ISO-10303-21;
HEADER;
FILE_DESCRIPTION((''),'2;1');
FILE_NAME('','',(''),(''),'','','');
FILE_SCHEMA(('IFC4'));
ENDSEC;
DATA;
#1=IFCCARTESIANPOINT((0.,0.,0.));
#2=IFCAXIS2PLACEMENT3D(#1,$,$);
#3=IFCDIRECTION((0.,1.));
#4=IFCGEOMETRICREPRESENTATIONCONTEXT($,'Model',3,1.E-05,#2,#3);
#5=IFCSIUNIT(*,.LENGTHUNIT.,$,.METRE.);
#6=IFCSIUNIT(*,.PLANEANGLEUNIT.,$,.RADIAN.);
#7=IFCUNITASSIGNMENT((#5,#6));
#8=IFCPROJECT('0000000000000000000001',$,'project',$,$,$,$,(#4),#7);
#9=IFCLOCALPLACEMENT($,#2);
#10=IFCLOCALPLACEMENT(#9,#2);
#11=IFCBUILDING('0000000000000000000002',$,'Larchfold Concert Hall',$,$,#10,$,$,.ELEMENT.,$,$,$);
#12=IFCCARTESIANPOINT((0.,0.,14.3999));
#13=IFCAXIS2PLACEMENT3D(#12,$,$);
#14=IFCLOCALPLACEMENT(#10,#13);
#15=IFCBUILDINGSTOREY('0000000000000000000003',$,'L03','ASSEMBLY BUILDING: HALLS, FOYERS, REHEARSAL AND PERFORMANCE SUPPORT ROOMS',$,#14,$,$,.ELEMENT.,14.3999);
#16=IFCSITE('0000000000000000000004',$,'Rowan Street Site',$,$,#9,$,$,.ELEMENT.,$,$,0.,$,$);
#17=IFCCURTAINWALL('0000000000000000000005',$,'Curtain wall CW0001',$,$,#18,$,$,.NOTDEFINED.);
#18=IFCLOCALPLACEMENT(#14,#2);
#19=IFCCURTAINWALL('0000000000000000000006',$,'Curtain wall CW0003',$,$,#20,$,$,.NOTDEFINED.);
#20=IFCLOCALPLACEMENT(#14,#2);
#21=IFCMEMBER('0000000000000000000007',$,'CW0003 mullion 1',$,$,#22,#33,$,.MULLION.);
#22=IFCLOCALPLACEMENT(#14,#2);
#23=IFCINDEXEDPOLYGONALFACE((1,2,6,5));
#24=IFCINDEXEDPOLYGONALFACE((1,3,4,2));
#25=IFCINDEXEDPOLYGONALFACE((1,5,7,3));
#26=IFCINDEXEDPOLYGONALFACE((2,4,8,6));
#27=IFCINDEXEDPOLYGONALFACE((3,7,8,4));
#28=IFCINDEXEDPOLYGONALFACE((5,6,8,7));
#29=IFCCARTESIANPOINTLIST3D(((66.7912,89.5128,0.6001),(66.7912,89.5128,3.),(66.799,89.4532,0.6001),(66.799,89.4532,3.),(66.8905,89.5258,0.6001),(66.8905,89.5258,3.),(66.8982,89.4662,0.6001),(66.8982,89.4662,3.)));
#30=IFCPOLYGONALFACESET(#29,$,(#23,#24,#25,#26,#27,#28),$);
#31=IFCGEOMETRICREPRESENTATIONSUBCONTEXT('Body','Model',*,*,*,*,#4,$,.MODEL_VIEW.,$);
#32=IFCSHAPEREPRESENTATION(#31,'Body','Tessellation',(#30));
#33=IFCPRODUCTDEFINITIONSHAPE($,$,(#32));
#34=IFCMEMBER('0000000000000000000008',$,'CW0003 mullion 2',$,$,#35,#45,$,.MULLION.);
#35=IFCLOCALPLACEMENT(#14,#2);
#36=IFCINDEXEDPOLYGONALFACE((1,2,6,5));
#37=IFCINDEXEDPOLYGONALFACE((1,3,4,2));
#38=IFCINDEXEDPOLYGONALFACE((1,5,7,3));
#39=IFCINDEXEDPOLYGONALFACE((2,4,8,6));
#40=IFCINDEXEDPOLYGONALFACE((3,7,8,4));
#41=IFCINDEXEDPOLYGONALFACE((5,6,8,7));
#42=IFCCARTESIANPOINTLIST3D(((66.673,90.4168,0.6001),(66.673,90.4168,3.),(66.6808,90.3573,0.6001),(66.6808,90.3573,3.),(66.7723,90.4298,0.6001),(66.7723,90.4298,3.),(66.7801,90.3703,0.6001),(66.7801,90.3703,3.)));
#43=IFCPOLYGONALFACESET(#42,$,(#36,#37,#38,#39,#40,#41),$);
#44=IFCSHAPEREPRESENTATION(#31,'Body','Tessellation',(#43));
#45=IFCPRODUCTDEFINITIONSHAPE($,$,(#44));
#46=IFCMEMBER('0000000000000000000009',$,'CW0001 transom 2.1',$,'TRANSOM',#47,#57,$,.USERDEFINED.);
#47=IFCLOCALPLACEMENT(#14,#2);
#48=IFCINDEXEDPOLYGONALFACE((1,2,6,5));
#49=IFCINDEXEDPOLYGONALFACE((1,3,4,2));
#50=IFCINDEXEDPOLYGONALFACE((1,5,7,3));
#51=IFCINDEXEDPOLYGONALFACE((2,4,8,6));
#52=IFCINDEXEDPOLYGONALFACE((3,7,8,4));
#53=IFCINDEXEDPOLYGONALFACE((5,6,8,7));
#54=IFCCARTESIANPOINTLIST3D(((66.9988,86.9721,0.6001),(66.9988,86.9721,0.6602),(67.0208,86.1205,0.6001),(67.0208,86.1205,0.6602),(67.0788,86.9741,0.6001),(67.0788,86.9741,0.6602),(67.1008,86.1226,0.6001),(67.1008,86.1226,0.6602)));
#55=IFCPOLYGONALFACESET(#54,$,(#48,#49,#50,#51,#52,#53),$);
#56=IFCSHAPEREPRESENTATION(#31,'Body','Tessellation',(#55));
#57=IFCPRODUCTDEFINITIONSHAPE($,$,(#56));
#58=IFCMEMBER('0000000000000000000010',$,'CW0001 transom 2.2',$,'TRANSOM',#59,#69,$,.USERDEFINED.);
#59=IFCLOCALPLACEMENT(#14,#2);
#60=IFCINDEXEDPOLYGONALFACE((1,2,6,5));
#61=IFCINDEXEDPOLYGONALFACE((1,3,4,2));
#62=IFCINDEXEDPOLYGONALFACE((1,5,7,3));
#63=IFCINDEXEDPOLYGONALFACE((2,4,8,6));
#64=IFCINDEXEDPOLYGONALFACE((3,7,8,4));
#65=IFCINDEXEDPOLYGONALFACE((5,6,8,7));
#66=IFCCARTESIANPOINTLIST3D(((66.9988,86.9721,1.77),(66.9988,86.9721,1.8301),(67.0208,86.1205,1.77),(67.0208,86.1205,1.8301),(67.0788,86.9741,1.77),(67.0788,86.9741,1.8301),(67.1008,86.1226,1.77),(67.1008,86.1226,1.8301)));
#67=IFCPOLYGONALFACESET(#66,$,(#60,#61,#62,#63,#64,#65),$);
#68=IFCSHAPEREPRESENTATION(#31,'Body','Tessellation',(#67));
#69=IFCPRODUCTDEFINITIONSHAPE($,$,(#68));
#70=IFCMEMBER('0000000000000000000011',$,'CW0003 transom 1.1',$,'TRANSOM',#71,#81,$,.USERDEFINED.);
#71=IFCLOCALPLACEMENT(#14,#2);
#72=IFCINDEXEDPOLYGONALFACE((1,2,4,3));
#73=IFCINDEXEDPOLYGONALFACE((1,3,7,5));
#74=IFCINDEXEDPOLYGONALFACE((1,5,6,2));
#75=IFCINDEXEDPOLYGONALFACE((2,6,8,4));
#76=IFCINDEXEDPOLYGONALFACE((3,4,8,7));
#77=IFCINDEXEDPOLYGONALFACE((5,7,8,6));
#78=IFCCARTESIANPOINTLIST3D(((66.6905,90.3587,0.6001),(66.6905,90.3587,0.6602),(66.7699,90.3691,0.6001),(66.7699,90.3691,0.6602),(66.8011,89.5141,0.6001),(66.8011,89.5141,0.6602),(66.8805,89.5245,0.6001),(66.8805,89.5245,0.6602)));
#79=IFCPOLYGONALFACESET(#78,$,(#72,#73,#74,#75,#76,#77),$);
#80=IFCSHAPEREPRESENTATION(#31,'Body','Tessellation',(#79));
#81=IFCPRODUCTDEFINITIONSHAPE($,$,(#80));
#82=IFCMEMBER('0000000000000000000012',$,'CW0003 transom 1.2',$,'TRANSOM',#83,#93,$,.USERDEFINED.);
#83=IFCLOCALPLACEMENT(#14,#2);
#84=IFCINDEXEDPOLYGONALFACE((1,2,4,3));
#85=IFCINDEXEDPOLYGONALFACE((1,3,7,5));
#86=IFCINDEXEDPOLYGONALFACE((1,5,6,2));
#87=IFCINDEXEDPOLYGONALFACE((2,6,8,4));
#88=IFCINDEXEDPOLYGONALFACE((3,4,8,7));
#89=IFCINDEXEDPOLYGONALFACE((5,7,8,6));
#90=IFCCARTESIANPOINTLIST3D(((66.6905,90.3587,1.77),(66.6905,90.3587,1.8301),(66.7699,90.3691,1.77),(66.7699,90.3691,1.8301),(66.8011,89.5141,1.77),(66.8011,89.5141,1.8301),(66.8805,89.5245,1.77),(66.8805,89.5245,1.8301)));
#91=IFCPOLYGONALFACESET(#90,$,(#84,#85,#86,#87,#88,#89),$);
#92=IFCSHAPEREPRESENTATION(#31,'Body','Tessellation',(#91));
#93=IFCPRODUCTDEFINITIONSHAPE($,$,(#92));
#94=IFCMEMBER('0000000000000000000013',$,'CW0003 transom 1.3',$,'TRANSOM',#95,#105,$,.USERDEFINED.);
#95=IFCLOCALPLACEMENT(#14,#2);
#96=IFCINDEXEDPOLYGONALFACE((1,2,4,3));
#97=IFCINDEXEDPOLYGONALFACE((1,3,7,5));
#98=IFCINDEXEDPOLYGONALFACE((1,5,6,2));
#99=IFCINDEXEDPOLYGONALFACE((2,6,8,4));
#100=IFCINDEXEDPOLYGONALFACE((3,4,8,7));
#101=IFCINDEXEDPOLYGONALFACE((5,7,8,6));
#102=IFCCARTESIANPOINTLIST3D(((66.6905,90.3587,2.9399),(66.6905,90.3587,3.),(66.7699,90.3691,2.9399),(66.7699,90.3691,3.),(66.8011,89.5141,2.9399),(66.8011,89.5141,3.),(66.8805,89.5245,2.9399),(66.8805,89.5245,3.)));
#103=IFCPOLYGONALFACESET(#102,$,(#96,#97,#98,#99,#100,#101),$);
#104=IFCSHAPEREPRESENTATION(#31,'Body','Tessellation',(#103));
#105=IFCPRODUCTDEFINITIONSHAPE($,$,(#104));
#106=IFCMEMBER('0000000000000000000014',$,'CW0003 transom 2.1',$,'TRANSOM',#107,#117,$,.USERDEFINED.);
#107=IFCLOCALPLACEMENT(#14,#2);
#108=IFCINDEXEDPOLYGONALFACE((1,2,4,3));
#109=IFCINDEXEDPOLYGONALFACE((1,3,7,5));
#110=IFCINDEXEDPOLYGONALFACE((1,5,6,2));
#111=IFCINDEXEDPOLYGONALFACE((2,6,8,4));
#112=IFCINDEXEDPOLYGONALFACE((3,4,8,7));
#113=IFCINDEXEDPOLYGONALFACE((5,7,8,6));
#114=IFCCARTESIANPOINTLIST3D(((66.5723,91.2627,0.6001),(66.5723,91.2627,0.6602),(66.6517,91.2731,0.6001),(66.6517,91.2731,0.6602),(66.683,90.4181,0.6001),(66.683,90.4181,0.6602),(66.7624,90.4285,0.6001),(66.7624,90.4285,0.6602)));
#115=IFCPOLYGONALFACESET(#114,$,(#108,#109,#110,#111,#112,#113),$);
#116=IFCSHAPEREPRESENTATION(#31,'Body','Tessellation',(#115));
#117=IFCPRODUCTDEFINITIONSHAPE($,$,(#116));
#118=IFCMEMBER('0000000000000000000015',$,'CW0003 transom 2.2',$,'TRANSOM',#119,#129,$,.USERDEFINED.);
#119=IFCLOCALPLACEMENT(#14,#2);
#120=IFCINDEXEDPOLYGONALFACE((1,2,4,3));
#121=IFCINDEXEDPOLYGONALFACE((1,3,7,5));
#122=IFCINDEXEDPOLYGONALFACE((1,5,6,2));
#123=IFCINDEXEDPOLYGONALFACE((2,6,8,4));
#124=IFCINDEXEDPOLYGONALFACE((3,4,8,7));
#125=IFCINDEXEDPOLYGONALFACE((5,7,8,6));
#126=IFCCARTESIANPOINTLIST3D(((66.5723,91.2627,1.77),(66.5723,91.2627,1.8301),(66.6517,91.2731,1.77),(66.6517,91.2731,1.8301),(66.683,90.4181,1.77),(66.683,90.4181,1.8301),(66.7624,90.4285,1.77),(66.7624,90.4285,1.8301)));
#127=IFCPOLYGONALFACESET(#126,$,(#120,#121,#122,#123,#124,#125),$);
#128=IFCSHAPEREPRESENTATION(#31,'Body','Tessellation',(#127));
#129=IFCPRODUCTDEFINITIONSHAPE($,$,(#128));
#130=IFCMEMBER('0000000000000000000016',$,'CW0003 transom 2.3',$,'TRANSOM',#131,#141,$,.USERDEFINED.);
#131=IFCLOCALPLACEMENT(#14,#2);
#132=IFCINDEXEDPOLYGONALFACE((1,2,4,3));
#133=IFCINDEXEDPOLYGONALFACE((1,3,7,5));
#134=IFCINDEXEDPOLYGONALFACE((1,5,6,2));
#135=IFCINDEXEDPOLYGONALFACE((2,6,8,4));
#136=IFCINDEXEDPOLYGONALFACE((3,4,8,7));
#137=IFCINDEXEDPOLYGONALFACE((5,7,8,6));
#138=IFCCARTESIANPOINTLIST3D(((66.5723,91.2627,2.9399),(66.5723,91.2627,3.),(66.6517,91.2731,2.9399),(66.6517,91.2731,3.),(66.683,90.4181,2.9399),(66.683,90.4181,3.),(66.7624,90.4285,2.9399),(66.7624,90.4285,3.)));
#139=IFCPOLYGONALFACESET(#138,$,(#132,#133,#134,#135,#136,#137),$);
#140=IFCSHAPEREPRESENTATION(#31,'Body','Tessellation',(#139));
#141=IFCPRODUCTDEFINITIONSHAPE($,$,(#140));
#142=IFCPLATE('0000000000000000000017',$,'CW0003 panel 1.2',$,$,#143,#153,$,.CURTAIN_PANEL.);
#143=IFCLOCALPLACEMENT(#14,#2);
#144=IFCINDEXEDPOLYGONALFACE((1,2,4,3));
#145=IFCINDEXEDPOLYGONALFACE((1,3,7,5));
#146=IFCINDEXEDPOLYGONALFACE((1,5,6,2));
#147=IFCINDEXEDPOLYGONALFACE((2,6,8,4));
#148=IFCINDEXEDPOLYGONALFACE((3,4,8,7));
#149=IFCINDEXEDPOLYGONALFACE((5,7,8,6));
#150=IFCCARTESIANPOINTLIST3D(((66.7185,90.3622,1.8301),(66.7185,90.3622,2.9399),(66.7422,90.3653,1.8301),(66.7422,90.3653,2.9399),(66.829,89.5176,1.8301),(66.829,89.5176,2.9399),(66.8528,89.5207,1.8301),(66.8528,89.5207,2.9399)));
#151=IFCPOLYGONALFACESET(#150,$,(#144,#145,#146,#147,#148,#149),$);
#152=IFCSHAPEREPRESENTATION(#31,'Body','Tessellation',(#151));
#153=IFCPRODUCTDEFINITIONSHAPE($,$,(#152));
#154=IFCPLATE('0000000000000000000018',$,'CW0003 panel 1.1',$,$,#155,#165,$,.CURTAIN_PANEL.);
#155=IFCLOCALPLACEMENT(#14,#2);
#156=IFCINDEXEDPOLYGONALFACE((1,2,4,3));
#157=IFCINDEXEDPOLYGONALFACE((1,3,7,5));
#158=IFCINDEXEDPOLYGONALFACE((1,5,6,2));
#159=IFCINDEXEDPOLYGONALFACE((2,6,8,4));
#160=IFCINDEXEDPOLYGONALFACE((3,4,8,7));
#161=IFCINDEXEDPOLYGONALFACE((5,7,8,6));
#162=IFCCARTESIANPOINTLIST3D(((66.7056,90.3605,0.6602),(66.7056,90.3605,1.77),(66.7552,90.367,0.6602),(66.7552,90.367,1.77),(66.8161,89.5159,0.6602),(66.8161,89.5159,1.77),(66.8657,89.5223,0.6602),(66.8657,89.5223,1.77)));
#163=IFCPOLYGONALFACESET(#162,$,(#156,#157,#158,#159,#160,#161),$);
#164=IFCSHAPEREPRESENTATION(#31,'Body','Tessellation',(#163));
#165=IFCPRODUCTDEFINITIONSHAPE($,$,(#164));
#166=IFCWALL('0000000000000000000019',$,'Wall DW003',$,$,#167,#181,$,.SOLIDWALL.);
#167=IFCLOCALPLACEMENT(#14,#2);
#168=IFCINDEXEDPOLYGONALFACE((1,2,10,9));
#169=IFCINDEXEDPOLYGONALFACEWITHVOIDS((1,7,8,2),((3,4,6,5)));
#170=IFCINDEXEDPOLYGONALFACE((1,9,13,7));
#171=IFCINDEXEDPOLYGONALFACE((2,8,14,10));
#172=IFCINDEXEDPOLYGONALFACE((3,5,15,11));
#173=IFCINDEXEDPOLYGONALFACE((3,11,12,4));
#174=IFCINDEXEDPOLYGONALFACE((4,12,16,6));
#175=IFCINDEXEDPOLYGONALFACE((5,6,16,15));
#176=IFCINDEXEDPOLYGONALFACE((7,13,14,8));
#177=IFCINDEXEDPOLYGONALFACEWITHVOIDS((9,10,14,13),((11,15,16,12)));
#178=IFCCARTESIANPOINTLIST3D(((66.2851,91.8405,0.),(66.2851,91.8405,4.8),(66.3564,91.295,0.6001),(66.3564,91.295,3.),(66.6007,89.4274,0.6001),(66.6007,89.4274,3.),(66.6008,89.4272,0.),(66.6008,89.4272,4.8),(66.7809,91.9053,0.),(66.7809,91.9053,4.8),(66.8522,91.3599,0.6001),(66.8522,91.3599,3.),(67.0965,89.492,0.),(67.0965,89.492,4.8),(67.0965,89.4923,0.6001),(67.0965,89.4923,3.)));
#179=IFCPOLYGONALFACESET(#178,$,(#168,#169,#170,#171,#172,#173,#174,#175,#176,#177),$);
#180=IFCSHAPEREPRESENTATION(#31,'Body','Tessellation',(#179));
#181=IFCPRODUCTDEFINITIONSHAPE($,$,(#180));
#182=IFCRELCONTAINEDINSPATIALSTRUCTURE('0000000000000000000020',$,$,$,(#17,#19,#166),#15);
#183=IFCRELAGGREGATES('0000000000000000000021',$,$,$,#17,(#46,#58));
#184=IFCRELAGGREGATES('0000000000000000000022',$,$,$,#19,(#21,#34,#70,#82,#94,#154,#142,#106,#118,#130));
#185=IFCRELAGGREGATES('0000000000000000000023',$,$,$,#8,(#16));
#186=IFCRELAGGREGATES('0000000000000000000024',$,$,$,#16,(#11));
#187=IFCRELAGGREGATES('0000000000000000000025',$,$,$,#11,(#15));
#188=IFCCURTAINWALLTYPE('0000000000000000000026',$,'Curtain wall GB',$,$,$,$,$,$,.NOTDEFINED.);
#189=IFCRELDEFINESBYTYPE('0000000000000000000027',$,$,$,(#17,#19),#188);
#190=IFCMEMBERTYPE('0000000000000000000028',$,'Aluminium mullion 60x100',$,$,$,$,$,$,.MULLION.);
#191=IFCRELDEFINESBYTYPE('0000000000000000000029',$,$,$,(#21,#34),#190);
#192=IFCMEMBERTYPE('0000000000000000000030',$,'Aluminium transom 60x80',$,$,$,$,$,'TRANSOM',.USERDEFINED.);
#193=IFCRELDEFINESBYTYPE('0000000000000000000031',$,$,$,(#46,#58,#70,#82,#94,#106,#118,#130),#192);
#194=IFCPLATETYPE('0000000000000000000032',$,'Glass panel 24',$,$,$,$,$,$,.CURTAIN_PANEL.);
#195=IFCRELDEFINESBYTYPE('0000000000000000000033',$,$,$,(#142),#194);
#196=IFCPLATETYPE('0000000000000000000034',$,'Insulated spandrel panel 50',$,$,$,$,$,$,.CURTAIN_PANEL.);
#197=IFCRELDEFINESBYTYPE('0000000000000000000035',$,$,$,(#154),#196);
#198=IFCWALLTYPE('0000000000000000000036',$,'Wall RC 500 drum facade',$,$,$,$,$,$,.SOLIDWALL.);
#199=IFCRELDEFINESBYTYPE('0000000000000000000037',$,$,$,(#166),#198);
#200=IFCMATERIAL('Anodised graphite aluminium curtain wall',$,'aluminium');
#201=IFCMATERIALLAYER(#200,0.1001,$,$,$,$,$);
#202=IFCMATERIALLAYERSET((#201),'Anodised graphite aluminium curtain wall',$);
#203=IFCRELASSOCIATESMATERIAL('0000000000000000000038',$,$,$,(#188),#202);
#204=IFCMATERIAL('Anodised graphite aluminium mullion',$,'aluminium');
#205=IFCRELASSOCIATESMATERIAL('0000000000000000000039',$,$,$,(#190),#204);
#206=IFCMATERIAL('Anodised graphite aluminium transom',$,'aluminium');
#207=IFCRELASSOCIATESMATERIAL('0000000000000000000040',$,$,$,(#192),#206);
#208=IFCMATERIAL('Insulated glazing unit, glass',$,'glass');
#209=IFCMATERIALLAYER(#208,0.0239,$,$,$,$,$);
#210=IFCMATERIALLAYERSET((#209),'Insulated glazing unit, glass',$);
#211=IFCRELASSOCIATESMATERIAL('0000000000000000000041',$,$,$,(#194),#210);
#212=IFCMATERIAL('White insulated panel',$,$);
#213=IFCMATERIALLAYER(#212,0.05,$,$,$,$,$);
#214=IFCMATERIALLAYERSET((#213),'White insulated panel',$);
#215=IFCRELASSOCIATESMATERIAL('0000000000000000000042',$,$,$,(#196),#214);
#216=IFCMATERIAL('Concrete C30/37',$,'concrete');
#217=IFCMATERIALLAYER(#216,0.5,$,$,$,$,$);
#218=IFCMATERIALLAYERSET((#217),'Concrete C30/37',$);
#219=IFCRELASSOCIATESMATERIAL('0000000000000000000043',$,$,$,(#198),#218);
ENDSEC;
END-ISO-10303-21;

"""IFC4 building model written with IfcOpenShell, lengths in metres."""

from ifc_helpers import new_model, si_unit, direction, frame, frame_2d, origin, origin_2d, place, context, subcontext, project, spatial, rectangle, extrude, material, layer, layer_set, material_profile, profile_set, type_object, element, fill, aggregate, save


model = new_model("IFC4")

# Units and contexts
model_context = context("Model", 3, precision=1e-05, world=origin(), true_north=direction((0.0, 1.0)))
body_context = subcontext(model_context, "Body", "Model", "MODEL_VIEW")
ifc_project = project(units=[si_unit("LENGTHUNIT", "METRE"), si_unit("PLANEANGLEUNIT", "RADIAN")], contexts=[model_context])

# Site, building, storey
site_placement = place(None, origin())
site = spatial("IfcSite", under=ifc_project, at=site_placement, Name="Rowan Street Site", CompositionType="ELEMENT", RefElevation=0.0)
building_placement = place(site_placement, origin())
building = spatial("IfcBuilding", under=site, at=building_placement, Name="Larchfold Concert Hall", CompositionType="ELEMENT")
storey_placement = place(building_placement, frame((0.0, 0.0, 14.3999)))
storey = spatial("IfcBuildingStorey", under=building, at=storey_placement, Name="L03", Description="ASSEMBLY BUILDING: HALLS, FOYERS, REHEARSAL AND PERFORMANCE SUPPORT ROOMS", CompositionType="ELEMENT", Elevation=14.3999)

# Curtain walls, members
ifc_material_1 = material(Name="Anodised graphite aluminium curtain wall", Category="aluminium")
ifc_layer_1 = layer(ifc_material_1, 0.1001)
ifc_layer_set_1 = layer_set([ifc_layer_1], Name="Anodised graphite aluminium curtain wall")
curtain_wall_type = type_object("IfcCurtainWallType", Name="Curtain wall GB", PredefinedType="NOTDEFINED", material=ifc_layer_set_1)
curtain_wall_1_placement = place(storey_placement, origin())
curtain_wall_1 = element("IfcCurtainWall", 1, at=curtain_wall_1_placement, inside=storey, type_object=curtain_wall_type, Name="Curtain wall CW0001", PredefinedType="NOTDEFINED")
ifc_material_2 = material(Name="Anodised graphite aluminium mullion", Category="aluminium")
ifc_material_profile_1 = material_profile(ifc_material_2, rectangle(XDim=0.1001, YDim=0.0601, at=origin_2d()))
ifc_profile_set_1 = profile_set([ifc_material_profile_1], Name="Anodised graphite aluminium mullion")
member_type_1 = type_object("IfcMemberType", Name="Aluminium mullion 60x100", PredefinedType="MULLION", material=ifc_profile_set_1)
curtain_wall_2_placement = place(storey_placement, origin())
curtain_wall_2 = element("IfcCurtainWall", 2, at=curtain_wall_2_placement, inside=storey, type_object=curtain_wall_type, Name="Curtain wall CW0003", PredefinedType="NOTDEFINED")
member_1_placement = place(storey_placement, frame((66.8447, 89.4895, 0.6001), z_axis=(0.0, 0.0, 1.0), x_axis=(-0.991548, -0.129744, 0.0)))
member_1 = element("IfcMember", 3, at=member_1_placement, type_object=member_type_1, Name="CW0003 mullion 1", PredefinedType="MULLION", context=body_context, shape_type="SweptSolid", body=[
    extrude(rectangle(XDim=0.1001, YDim=0.0601, at=origin_2d()), origin(), (0.0, 0.0, 1.0), 2.3999),
])
member_2_placement = place(storey_placement, frame((66.7266, 90.3936, 0.6001), z_axis=(0.0, 0.0, 1.0), x_axis=(-0.991548, -0.129744, 0.0)))
member_2 = element("IfcMember", 4, at=member_2_placement, type_object=member_type_1, Name="CW0003 mullion 2", PredefinedType="MULLION", context=body_context, shape_type="SweptSolid", body=[
    extrude(rectangle(XDim=0.1001, YDim=0.0601, at=origin_2d()), origin(), (0.0, 0.0, 1.0), 2.3999),
])

# Members
ifc_material_3 = material(Name="Anodised graphite aluminium transom", Category="aluminium")
ifc_material_profile_2 = material_profile(ifc_material_3, rectangle(XDim=0.0801, YDim=0.0601, at=origin_2d()))
ifc_profile_set_2 = profile_set([ifc_material_profile_2], Name="Anodised graphite aluminium transom")
member_type_2 = type_object("IfcMemberType", Name="Aluminium transom 60x80", ElementType="TRANSOM", PredefinedType="USERDEFINED", material=ifc_profile_set_2)
member_3_placement = place(storey_placement, frame((67.0608, 86.1216, 0.6301), z_axis=(-0.025794, 0.999667, 0.0), x_axis=(-0.999667, -0.025794, 0.0)))
member_3 = element("IfcMember", 5, at=member_3_placement, type_object=member_type_2, Name="CW0001 transom 2.1", ObjectType="TRANSOM", PredefinedType="USERDEFINED", context=body_context, shape_type="SweptSolid", body=[
    extrude(rectangle(XDim=0.0801, YDim=0.0601, at=origin_2d()), origin(), (0.0, 0.0, 1.0), 0.8518),
])
member_4_placement = place(storey_placement, frame((67.0608, 86.1216, 1.8), z_axis=(-0.025794, 0.999667, 0.0), x_axis=(-0.999667, -0.025794, 0.0)))
member_4 = element("IfcMember", 6, at=member_4_placement, type_object=member_type_2, Name="CW0001 transom 2.2", ObjectType="TRANSOM", PredefinedType="USERDEFINED", context=body_context, shape_type="SweptSolid", body=[
    extrude(rectangle(XDim=0.0801, YDim=0.0601, at=origin_2d()), origin(), (0.0, 0.0, 1.0), 0.8518),
])
member_5_placement = place(storey_placement, frame((66.8408, 89.5193, 0.6301), z_axis=(-0.129854, 0.991533, 0.0), x_axis=(-0.991533, -0.129854, 0.0)))
member_5 = element("IfcMember", 7, at=member_5_placement, type_object=member_type_2, Name="CW0003 transom 1.1", ObjectType="TRANSOM", PredefinedType="USERDEFINED", context=body_context, shape_type="SweptSolid", body=[
    extrude(rectangle(XDim=0.0801, YDim=0.0601, at=origin_2d()), origin(), (0.0, 0.0, 1.0), 0.8518),
])
member_6_placement = place(storey_placement, frame((66.8408, 89.5193, 1.8), z_axis=(-0.129854, 0.991533, 0.0), x_axis=(-0.991533, -0.129854, 0.0)))
member_6 = element("IfcMember", 8, at=member_6_placement, type_object=member_type_2, Name="CW0003 transom 1.2", ObjectType="TRANSOM", PredefinedType="USERDEFINED", context=body_context, shape_type="SweptSolid", body=[
    extrude(rectangle(XDim=0.0801, YDim=0.0601, at=origin_2d()), origin(), (0.0, 0.0, 1.0), 0.8518),
])
member_7_placement = place(storey_placement, frame((66.8408, 89.5193, 2.97), z_axis=(-0.129854, 0.991533, 0.0), x_axis=(-0.991533, -0.129854, 0.0)))
member_7 = element("IfcMember", 9, at=member_7_placement, type_object=member_type_2, Name="CW0003 transom 1.3", ObjectType="TRANSOM", PredefinedType="USERDEFINED", context=body_context, shape_type="SweptSolid", body=[
    extrude(rectangle(XDim=0.0801, YDim=0.0601, at=origin_2d()), origin(), (0.0, 0.0, 1.0), 0.8518),
])
member_8_placement = place(storey_placement, frame((66.7227, 90.4233, 0.6301), z_axis=(-0.129854, 0.991533, 0.0), x_axis=(-0.991533, -0.129854, 0.0)))
member_8 = element("IfcMember", 10, at=member_8_placement, type_object=member_type_2, Name="CW0003 transom 2.1", ObjectType="TRANSOM", PredefinedType="USERDEFINED", context=body_context, shape_type="SweptSolid", body=[
    extrude(rectangle(XDim=0.0801, YDim=0.0601, at=origin_2d()), origin(), (0.0, 0.0, 1.0), 0.8518),
])
member_9_placement = place(storey_placement, frame((66.7227, 90.4233, 1.8), z_axis=(-0.129854, 0.991533, 0.0), x_axis=(-0.991533, -0.129854, 0.0)))
member_9 = element("IfcMember", 11, at=member_9_placement, type_object=member_type_2, Name="CW0003 transom 2.2", ObjectType="TRANSOM", PredefinedType="USERDEFINED", context=body_context, shape_type="SweptSolid", body=[
    extrude(rectangle(XDim=0.0801, YDim=0.0601, at=origin_2d()), origin(), (0.0, 0.0, 1.0), 0.8518),
])
member_10_placement = place(storey_placement, frame((66.7227, 90.4233, 2.97), z_axis=(-0.129854, 0.991533, 0.0), x_axis=(-0.991533, -0.129854, 0.0)))
member_10 = element("IfcMember", 12, at=member_10_placement, type_object=member_type_2, Name="CW0003 transom 2.3", ObjectType="TRANSOM", PredefinedType="USERDEFINED", context=body_context, shape_type="SweptSolid", body=[
    extrude(rectangle(XDim=0.0801, YDim=0.0601, at=origin_2d()), origin(), (0.0, 0.0, 1.0), 0.8518),
])

# Plates
ifc_material_4 = material(Name="Insulated glazing unit, glass", Category="glass")
ifc_layer_2 = layer(ifc_material_4, 0.0239)
ifc_layer_set_2 = layer_set([ifc_layer_2], Name="Insulated glazing unit, glass")
plate_type_1 = type_object("IfcPlateType", Name="Glass panel 24", PredefinedType="CURTAIN_PANEL", material=ifc_layer_set_2)
plate_1_placement = place(storey_placement, frame((66.7856, 89.9414, 1.8301), z_axis=(0.0, 0.0, 1.0), x_axis=(-0.129744, 0.991548, 0.0)))
plate_1 = element("IfcPlate", 13, at=plate_1_placement, type_object=plate_type_1, Name="CW0003 panel 1.2", PredefinedType="CURTAIN_PANEL", context=body_context, shape_type="SweptSolid", body=[
    extrude(rectangle(XDim=0.8518, YDim=0.0239, at=origin_2d()), origin(), (0.0, 0.0, 1.0), 1.1099),
])
ifc_material_5 = material(Name="White insulated panel")
ifc_layer_3 = layer(ifc_material_5, 0.05)
ifc_layer_set_3 = layer_set([ifc_layer_3], Name="White insulated panel")
plate_type_2 = type_object("IfcPlateType", Name="Insulated spandrel panel 50", PredefinedType="CURTAIN_PANEL", material=ifc_layer_set_3)
aggregate(curtain_wall_1, [member_3, member_4])
plate_2_placement = place(storey_placement, frame((66.7856, 89.9414, 0.6602), z_axis=(0.0, 0.0, 1.0), x_axis=(-0.129744, 0.991548, 0.0)))
plate_2 = element("IfcPlate", 14, at=plate_2_placement, type_object=plate_type_2, Name="CW0003 panel 1.1", PredefinedType="CURTAIN_PANEL", context=body_context, shape_type="SweptSolid", body=[
    extrude(rectangle(XDim=0.8518, YDim=0.05, at=origin_2d()), origin(), (0.0, 0.0, 1.0), 1.1099),
])
aggregate(curtain_wall_2, [member_1, member_2, member_5, member_6, member_7, plate_2, plate_1, member_8, member_9, member_10])

# Wall, opening
ifc_material_6 = material(Name="Concrete C30/37", Category="concrete")
ifc_layer_4 = layer(ifc_material_6, 0.5)
ifc_layer_set_4 = layer_set([ifc_layer_4], Name="Concrete C30/37")
wall_type = type_object("IfcWallType", Name="Wall RC 500 drum facade", PredefinedType="SOLIDWALL", material=ifc_layer_set_4)
wall_1_placement = place(storey_placement, frame((66.8486, 89.4597, 0.0), z_axis=(0.0, 0.0, 1.0), x_axis=(-0.129699, 0.991553, 0.0)))
wall_1 = element("IfcWall", 15, at=wall_1_placement, inside=storey, type_object=wall_type, Name="Wall DW003", PredefinedType="SOLIDWALL", context=body_context, shape_type="SweptSolid", body=[
    extrude(rectangle(XDim=2.4338, YDim=0.5, at=frame_2d((1.2168, 0.0))), origin(), (0.0, 0.0, 1.0), 4.8),
])
opening_1_placement = place(wall_1_placement, frame((0.0, 0.0, 0.6001)))
opening_1 = element("IfcOpeningElement", 16, at=opening_1_placement, cuts=wall_1, PredefinedType="OPENING", context=body_context, shape_type="SweptSolid", body=[
    extrude(rectangle(XDim=1.8835, YDim=2.3999, at=frame_2d((0.9419, 1.2))), frame((0.0, 0.26, 0.0), z_axis=(0.0, -1.0, 0.0), x_axis=(1.0, 0.0, 0.0)), (0.0, 0.0, 1.0), 0.52),
])
fill(opening_1, curtain_wall_2)

save(model, "model.ifc")
